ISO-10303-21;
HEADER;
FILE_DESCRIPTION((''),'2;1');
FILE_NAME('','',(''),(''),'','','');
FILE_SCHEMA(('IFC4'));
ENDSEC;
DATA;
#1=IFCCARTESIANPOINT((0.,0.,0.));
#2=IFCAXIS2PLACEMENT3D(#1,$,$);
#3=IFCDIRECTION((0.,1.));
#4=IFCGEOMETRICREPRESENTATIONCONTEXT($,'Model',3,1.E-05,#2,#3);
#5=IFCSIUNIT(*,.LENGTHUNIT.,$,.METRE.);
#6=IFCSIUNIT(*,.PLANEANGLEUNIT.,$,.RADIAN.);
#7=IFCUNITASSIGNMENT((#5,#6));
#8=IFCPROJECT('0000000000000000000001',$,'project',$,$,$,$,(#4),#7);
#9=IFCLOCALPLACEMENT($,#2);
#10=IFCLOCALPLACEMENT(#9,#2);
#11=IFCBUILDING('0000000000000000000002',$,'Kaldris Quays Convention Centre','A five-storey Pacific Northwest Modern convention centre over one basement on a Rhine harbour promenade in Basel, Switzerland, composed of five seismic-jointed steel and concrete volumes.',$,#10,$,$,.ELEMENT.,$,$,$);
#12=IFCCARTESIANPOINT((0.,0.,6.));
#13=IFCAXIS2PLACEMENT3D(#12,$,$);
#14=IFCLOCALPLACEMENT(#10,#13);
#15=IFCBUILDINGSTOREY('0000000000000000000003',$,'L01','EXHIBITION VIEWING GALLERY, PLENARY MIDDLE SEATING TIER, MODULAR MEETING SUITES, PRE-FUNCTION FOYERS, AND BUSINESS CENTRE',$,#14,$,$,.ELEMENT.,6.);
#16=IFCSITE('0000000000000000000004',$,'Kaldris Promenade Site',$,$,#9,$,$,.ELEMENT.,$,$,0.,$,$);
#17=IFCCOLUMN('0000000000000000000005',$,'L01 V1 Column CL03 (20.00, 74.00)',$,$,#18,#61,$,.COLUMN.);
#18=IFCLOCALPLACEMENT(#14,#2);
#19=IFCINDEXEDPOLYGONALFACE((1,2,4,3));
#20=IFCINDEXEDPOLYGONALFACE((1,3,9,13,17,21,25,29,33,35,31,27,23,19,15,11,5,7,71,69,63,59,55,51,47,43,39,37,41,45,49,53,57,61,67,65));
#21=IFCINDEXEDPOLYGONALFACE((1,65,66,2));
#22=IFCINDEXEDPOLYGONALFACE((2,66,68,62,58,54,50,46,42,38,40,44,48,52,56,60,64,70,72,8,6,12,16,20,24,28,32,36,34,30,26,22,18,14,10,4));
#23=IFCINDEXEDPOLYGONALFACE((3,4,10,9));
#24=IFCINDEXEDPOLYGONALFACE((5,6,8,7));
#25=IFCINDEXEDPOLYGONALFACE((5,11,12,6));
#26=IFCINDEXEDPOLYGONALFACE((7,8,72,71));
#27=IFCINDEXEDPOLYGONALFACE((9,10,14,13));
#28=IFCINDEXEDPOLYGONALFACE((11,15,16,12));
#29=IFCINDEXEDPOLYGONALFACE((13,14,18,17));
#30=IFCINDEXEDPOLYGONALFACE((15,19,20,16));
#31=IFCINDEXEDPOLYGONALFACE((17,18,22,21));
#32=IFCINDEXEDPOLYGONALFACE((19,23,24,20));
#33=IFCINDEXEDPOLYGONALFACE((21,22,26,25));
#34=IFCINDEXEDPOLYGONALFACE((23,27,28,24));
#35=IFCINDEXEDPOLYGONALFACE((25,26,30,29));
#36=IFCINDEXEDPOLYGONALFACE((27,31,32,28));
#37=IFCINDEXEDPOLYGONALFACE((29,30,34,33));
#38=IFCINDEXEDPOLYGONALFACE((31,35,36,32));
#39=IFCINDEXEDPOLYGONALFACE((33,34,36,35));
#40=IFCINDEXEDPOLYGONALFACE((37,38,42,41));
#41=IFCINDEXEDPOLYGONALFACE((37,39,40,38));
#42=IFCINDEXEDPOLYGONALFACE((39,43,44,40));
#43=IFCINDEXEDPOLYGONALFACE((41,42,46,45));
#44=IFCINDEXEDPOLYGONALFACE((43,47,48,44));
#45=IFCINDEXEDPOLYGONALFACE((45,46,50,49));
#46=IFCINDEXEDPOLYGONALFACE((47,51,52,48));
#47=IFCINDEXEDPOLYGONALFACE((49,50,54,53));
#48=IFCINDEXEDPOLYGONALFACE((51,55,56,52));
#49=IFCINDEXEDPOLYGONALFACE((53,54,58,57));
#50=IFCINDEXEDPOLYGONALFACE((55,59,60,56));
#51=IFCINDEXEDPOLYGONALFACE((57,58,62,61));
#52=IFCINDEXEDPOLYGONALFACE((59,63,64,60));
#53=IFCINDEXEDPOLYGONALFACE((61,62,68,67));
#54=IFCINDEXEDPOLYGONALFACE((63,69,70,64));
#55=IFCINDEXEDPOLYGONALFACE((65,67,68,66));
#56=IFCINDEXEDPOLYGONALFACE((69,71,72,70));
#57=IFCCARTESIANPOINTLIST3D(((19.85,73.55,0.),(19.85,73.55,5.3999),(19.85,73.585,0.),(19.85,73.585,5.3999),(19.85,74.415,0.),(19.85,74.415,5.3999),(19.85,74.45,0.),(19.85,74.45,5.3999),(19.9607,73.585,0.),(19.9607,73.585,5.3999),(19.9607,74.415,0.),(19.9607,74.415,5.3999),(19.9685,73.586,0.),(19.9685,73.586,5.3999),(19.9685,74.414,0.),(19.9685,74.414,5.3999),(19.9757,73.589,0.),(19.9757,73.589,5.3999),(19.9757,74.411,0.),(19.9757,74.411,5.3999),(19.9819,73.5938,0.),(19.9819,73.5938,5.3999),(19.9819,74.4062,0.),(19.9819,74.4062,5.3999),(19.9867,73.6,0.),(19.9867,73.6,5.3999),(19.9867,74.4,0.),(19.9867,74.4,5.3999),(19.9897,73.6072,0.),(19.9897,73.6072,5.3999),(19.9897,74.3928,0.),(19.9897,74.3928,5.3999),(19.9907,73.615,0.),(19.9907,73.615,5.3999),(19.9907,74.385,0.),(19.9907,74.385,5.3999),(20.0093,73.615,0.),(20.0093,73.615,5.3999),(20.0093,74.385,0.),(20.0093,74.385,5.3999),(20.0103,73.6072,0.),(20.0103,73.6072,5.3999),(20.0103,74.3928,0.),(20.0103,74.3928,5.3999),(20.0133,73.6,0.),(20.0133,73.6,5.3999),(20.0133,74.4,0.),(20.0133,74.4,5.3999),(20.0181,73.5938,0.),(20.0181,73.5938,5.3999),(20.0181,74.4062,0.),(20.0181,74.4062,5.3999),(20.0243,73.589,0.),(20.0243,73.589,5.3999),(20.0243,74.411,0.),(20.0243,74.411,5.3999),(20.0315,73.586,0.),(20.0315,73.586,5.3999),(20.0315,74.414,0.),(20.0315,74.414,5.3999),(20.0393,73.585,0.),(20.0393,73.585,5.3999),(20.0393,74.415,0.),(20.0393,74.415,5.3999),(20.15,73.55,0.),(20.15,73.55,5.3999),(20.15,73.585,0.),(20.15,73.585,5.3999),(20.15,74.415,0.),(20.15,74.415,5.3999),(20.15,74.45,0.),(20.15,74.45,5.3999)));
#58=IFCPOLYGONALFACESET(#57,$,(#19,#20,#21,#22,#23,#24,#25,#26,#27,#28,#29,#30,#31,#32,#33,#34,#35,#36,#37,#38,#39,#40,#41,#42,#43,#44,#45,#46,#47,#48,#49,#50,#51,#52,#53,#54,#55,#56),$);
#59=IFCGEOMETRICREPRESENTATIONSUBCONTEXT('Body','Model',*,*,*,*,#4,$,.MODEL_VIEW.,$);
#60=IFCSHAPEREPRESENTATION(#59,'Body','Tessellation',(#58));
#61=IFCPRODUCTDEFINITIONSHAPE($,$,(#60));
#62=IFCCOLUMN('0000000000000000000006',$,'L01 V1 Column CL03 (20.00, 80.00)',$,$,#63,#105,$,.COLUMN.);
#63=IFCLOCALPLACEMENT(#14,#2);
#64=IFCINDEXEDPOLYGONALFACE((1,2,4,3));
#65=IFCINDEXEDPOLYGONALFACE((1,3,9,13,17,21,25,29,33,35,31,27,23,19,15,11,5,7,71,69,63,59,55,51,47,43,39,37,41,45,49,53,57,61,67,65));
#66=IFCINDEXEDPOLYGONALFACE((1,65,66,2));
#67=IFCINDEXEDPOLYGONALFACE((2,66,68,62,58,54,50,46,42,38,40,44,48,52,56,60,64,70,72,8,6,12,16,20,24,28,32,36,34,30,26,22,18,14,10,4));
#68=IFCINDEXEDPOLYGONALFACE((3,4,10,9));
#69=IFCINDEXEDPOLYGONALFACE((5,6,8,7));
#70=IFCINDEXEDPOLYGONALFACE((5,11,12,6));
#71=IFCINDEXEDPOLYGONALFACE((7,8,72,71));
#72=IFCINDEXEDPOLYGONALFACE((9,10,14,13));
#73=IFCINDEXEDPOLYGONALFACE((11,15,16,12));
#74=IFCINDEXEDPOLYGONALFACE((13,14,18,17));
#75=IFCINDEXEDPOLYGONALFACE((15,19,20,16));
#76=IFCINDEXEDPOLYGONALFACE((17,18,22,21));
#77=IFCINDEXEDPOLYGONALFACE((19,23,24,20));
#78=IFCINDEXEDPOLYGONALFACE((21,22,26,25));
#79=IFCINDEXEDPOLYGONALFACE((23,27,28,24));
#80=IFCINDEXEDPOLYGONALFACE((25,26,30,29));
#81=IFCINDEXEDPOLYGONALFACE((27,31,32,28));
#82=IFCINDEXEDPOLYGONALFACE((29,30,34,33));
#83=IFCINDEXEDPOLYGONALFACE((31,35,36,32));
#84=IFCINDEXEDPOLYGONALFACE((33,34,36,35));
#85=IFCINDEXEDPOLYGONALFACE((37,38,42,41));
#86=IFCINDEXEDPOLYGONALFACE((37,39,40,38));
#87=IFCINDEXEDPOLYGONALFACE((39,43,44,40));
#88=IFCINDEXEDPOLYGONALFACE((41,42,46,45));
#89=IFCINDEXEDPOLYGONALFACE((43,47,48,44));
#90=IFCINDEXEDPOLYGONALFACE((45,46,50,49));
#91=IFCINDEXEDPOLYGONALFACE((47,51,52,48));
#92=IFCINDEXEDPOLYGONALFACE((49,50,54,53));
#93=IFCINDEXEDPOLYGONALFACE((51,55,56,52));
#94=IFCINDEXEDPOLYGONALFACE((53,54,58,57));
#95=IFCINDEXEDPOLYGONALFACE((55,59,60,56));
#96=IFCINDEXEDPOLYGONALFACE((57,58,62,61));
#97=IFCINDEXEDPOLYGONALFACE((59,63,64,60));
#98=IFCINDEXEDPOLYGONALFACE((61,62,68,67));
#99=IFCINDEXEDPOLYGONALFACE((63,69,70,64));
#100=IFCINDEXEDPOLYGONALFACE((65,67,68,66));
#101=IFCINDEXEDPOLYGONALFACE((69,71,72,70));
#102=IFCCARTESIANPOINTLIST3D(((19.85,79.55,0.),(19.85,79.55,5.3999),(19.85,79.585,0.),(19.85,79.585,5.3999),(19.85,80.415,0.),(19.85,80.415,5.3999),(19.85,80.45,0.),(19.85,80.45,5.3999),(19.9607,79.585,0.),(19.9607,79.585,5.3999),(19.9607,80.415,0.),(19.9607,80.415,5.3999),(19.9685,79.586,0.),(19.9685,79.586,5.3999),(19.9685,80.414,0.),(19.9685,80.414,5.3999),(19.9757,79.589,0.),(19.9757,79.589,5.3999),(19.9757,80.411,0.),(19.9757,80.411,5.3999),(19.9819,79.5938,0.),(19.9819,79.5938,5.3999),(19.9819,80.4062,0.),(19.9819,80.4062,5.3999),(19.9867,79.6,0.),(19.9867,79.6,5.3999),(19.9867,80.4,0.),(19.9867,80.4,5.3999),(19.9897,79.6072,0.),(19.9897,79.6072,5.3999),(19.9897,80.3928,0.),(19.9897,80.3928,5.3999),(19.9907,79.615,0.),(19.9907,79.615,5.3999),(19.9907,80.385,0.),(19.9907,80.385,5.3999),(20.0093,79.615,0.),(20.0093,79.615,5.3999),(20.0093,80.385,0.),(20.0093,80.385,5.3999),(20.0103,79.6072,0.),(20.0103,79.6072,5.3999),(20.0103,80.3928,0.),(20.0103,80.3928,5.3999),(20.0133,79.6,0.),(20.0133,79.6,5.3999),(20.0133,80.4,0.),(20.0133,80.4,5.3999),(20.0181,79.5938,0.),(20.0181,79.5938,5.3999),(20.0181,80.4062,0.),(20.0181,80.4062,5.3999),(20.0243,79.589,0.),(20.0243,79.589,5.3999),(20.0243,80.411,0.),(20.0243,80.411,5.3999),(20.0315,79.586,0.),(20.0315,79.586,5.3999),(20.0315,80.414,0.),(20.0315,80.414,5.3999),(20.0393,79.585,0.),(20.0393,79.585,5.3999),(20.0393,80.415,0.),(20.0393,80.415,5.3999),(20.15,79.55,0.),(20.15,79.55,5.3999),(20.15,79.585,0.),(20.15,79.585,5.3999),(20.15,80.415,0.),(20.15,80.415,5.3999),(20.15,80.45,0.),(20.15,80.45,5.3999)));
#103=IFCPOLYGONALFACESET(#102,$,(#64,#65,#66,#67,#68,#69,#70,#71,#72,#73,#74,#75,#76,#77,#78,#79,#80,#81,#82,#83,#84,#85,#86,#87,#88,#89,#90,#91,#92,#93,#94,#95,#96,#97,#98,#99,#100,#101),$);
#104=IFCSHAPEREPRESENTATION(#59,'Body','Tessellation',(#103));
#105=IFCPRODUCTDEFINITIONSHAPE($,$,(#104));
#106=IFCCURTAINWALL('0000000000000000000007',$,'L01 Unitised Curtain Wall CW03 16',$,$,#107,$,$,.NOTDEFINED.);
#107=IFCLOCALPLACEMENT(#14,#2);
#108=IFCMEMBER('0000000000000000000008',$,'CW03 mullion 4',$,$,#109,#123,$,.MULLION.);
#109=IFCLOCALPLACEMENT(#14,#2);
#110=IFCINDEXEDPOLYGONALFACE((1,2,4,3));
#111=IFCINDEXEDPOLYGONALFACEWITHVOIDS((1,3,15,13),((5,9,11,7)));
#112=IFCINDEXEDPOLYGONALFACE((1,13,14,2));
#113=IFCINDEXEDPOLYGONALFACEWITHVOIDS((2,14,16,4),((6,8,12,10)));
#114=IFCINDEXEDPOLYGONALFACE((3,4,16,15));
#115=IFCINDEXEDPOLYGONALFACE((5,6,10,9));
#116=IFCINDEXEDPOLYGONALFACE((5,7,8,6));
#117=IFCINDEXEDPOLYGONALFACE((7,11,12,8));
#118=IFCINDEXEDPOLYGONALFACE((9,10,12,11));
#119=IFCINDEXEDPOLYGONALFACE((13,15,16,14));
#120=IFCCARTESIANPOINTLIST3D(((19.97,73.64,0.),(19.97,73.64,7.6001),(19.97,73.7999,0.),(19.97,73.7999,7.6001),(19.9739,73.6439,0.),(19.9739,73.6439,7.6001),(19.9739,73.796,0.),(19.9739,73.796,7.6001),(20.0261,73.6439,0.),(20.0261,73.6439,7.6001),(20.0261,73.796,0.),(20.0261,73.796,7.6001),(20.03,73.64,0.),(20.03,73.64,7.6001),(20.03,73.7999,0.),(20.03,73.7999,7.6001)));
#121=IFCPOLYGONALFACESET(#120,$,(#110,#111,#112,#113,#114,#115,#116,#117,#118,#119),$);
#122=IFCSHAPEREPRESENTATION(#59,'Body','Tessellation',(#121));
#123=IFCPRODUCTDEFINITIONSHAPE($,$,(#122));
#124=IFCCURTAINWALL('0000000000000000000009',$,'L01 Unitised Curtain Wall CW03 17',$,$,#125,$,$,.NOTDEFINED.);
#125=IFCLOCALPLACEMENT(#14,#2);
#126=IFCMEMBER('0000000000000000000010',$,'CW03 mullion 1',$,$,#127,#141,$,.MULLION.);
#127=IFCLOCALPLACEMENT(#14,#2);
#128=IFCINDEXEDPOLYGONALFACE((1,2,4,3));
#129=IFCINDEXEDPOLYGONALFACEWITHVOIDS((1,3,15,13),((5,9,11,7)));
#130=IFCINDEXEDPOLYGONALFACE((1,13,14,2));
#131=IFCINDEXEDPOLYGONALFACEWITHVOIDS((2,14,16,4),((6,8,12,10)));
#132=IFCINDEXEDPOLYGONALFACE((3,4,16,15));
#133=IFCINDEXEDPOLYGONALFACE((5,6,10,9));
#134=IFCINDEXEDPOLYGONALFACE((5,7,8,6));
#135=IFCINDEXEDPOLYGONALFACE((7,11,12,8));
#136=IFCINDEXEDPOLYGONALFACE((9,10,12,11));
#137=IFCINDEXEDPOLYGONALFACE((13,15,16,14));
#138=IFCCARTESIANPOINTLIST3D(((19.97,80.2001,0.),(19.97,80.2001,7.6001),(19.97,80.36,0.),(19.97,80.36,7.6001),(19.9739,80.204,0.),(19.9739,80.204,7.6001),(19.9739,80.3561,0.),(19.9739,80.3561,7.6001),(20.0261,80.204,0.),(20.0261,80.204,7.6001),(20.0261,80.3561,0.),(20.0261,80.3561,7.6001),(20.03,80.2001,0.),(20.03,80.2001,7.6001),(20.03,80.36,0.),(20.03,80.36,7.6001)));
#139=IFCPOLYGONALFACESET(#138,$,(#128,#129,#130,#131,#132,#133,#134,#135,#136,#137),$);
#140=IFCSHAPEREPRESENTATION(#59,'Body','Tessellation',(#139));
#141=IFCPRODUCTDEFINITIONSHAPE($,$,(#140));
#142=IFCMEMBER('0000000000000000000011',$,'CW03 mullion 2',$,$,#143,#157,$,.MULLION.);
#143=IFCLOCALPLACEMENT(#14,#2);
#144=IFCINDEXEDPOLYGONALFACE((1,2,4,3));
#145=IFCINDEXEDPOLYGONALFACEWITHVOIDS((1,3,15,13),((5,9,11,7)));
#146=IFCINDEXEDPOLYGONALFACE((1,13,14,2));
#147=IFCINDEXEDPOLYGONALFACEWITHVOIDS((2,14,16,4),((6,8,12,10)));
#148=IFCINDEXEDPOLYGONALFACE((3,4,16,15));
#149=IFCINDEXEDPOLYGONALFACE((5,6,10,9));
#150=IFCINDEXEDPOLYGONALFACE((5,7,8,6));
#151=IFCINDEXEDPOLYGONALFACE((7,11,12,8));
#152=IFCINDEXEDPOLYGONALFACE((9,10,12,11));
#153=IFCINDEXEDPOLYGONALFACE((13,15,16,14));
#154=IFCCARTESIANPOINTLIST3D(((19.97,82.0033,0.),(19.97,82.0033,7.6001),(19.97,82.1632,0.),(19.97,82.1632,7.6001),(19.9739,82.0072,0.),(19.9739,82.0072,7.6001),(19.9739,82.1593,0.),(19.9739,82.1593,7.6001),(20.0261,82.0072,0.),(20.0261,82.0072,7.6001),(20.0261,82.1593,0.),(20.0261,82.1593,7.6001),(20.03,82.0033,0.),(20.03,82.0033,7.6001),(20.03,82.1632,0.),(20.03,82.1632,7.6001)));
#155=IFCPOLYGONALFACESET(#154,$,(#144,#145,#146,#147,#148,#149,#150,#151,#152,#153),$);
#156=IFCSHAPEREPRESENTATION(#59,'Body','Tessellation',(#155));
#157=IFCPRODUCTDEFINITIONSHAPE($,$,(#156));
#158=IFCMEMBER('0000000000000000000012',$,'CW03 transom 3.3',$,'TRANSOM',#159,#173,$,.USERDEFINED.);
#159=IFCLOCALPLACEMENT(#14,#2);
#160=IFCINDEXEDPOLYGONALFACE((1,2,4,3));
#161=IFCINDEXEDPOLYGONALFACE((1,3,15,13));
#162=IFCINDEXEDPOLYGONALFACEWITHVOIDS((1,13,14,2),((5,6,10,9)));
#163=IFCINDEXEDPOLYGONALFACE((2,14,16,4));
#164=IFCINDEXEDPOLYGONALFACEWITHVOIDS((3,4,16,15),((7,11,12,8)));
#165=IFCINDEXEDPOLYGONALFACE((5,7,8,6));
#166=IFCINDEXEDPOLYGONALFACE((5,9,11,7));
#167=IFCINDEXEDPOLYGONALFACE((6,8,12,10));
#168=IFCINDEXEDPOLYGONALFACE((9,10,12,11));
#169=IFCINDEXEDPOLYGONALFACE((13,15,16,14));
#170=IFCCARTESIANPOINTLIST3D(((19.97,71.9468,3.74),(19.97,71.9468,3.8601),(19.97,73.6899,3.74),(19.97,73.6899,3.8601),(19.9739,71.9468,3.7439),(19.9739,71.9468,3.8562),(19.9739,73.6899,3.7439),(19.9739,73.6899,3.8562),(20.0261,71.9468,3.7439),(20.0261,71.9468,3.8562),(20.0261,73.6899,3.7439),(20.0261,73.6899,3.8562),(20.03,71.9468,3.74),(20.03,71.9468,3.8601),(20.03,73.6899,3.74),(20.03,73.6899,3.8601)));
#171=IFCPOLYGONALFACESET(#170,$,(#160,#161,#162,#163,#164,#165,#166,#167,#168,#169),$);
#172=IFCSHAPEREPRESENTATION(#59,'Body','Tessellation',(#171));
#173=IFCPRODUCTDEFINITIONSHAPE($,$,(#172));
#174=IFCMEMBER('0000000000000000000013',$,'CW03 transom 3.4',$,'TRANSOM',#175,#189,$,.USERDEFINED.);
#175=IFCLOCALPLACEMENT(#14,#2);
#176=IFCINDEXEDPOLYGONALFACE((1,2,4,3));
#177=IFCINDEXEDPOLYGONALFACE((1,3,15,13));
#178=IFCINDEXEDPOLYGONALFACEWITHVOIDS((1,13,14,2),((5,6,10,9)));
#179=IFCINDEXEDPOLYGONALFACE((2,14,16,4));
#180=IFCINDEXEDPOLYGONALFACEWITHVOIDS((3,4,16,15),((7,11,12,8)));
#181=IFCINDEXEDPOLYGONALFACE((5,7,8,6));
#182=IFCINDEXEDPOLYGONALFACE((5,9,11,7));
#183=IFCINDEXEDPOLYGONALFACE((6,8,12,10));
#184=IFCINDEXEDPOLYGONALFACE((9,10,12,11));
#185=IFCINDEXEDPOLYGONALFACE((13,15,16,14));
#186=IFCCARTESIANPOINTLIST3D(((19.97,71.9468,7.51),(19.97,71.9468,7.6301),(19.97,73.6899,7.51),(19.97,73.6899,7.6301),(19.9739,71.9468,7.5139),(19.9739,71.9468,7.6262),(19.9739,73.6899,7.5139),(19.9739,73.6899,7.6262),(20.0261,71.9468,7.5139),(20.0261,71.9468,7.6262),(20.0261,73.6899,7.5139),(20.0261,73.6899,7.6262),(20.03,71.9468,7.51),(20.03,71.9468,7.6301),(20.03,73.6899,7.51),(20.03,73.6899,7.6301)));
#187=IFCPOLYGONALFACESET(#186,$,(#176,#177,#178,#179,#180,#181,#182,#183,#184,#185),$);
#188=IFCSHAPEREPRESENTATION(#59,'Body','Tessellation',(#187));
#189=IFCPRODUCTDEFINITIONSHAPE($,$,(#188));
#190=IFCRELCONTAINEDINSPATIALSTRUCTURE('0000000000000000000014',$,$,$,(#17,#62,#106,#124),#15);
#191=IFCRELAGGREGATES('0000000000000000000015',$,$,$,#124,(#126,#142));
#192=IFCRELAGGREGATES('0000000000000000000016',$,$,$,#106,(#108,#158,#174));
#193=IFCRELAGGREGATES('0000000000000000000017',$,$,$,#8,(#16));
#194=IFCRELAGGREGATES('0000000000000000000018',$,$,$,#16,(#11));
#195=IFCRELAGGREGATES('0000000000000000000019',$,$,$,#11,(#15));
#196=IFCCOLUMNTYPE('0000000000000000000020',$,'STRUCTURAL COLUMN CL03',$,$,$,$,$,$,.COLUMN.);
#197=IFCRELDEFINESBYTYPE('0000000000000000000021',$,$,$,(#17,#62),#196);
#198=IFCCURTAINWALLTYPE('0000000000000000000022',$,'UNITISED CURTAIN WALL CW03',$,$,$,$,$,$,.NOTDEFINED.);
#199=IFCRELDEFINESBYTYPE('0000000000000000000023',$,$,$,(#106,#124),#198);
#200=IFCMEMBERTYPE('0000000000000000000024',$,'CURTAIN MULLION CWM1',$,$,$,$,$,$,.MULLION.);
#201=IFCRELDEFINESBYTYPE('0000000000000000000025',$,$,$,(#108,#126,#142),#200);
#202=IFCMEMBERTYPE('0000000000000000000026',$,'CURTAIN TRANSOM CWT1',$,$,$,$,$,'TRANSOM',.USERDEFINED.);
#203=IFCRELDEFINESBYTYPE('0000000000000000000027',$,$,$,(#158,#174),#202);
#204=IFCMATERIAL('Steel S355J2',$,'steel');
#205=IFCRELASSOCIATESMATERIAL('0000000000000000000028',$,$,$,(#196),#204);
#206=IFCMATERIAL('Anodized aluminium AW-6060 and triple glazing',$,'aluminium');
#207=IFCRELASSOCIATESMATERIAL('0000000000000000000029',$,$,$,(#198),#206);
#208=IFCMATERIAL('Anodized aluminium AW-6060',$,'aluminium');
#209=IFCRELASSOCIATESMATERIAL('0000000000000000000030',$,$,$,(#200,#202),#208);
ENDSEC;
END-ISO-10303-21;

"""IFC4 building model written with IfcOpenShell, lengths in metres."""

from ifc_helpers import new_model, si_unit, direction, frame, origin, origin_2d, place, context, subcontext, project, spatial, hollow_rectangle, i_section, extrude, material, material_profile, profile_set, type_object, element, aggregate, save


model = new_model("IFC4")

# Units and contexts
model_context = context("Model", 3, precision=1e-05, world=origin(), true_north=direction((0.0, 1.0)))
body_context = subcontext(model_context, "Body", "Model", "MODEL_VIEW")
ifc_project = project(units=[si_unit("LENGTHUNIT", "METRE"), si_unit("PLANEANGLEUNIT", "RADIAN")], contexts=[model_context])

# Site, building, storey
site_placement = place(None, origin())
site = spatial("IfcSite", under=ifc_project, at=site_placement, Name="Kaldris Promenade Site", CompositionType="ELEMENT", RefElevation=0.0)
building_placement = place(site_placement, origin())
building = spatial("IfcBuilding", under=site, at=building_placement, Name="Kaldris Quays Convention Centre", Description="A five-storey Pacific Northwest Modern convention centre over one basement on a Rhine harbour promenade in Basel, Switzerland, composed of five seismic-jointed steel and concrete volumes.", CompositionType="ELEMENT")
storey_placement = place(building_placement, frame((0.0, 0.0, 6.0)))
storey = spatial("IfcBuildingStorey", under=building, at=storey_placement, Name="L01", Description="EXHIBITION VIEWING GALLERY, PLENARY MIDDLE SEATING TIER, MODULAR MEETING SUITES, PRE-FUNCTION FOYERS, AND BUSINESS CENTRE", CompositionType="ELEMENT", Elevation=6.0)

# Columns
ifc_material_1 = material(Name="Steel S355J2", Category="steel")
ifc_material_profile_1 = material_profile(ifc_material_1, i_section(OverallWidth=0.3, OverallDepth=0.8999, WebThickness=0.0186, FlangeThickness=0.0349, FilletRadius=0.03, at=origin_2d()), Name="HEB 900")
ifc_profile_set_1 = profile_set([ifc_material_profile_1], Name="Steel S355J2")
column_type = type_object("IfcColumnType", Name="STRUCTURAL COLUMN CL03", PredefinedType="COLUMN", material=ifc_profile_set_1)
for number, where, z_axis, x_axis, name in (
    (1, (20.0, 74.0, 0.0), (0.0, 0.0, 1.0), (1.0, 0.0, 0.0), "L01 V1 Column CL03 (20.00, 74.00)"),
    (2, (20.0, 80.0, 0.0), (0.0, 0.0, 1.0), (1.0, 0.0, 0.0), "L01 V1 Column CL03 (20.00, 80.00)"),
):
    element("IfcColumn", number, at=place(storey_placement, frame(where, z_axis=z_axis, x_axis=x_axis)), inside=storey, type_object=column_type, Name=name, PredefinedType="COLUMN", context=body_context, shape_type="SweptSolid", body=[
        extrude(i_section(OverallWidth=0.3, OverallDepth=0.8999, WebThickness=0.0186, FlangeThickness=0.0349, FilletRadius=0.03, at=origin_2d()), origin(), (0.0, 0.0, 1.0), 5.3999),
    ])

# Curtain wall, member
ifc_material_2 = material(Name="Anodized aluminium AW-6060 and triple glazing", Category="aluminium")
curtain_wall_type = type_object("IfcCurtainWallType", Name="UNITISED CURTAIN WALL CW03", PredefinedType="NOTDEFINED", material=ifc_material_2)
curtain_wall_1_placement = place(storey_placement, origin())
curtain_wall_1 = element("IfcCurtainWall", 3, at=curtain_wall_1_placement, inside=storey, type_object=curtain_wall_type, Name="L01 Unitised Curtain Wall CW03 16", PredefinedType="NOTDEFINED")
ifc_material_3 = material(Name="Anodized aluminium AW-6060", Category="aluminium")
ifc_material_profile_2 = material_profile(ifc_material_3, hollow_rectangle(XDim=0.0601, YDim=0.1599, WallThickness=0.0039, at=origin_2d()), Name="RHS 160x60x4")
ifc_profile_set_2 = profile_set([ifc_material_profile_2], Name="Anodized aluminium AW-6060")
member_type_1 = type_object("IfcMemberType", Name="CURTAIN MULLION CWM1", PredefinedType="MULLION", material=ifc_profile_set_2)
member_1_placement = place(storey_placement, frame((20.0, 73.72, 0.0), z_axis=(0.0, 0.0, 1.0), x_axis=(-1.0, 0.0, 0.0)))
member_1 = element("IfcMember", 4, at=member_1_placement, type_object=member_type_1, Name="CW03 mullion 4", PredefinedType="MULLION", context=body_context, shape_type="SweptSolid", body=[
    extrude(hollow_rectangle(XDim=0.0601, YDim=0.1599, WallThickness=0.0039, at=origin_2d()), origin(), (0.0, 0.0, 1.0), 7.6001),
])

# Curtain wall, members
curtain_wall_2_placement = place(storey_placement, origin())
curtain_wall_2 = element("IfcCurtainWall", 5, at=curtain_wall_2_placement, inside=storey, type_object=curtain_wall_type, Name="L01 Unitised Curtain Wall CW03 17", PredefinedType="NOTDEFINED")
member_2_placement = place(storey_placement, frame((20.0, 80.28, 0.0), z_axis=(0.0, 0.0, 1.0), x_axis=(-1.0, 0.0, 0.0)))
member_2 = element("IfcMember", 6, at=member_2_placement, type_object=member_type_1, Name="CW03 mullion 1", PredefinedType="MULLION", context=body_context, shape_type="SweptSolid", body=[
    extrude(hollow_rectangle(XDim=0.0601, YDim=0.1599, WallThickness=0.0039, at=origin_2d()), origin(), (0.0, 0.0, 1.0), 7.6001),
])
member_3_placement = place(storey_placement, frame((20.0, 82.0833, 0.0), z_axis=(0.0, 0.0, 1.0), x_axis=(-1.0, 0.0, 0.0)))
member_3 = element("IfcMember", 7, at=member_3_placement, type_object=member_type_1, Name="CW03 mullion 2", PredefinedType="MULLION", context=body_context, shape_type="SweptSolid", body=[
    extrude(hollow_rectangle(XDim=0.0601, YDim=0.1599, WallThickness=0.0039, at=origin_2d()), origin(), (0.0, 0.0, 1.0), 7.6001),
])

# Members
ifc_material_profile_3 = material_profile(ifc_material_3, hollow_rectangle(XDim=0.0601, YDim=0.1201, WallThickness=0.0039, at=origin_2d()), Name="RHS 120x60x4")
ifc_profile_set_3 = profile_set([ifc_material_profile_3], Name="Anodized aluminium AW-6060")
member_type_2 = type_object("IfcMemberType", Name="CURTAIN TRANSOM CWT1", ElementType="TRANSOM", PredefinedType="USERDEFINED", material=ifc_profile_set_3)
member_4_placement = place(storey_placement, frame((20.0, 71.9468, 3.8), z_axis=(0.0, 1.0, 0.0), x_axis=(-1.0, 0.0, 0.0)))
member_4 = element("IfcMember", 8, at=member_4_placement, type_object=member_type_2, Name="CW03 transom 3.3", ObjectType="TRANSOM", PredefinedType="USERDEFINED", context=body_context, shape_type="SweptSolid", body=[
    extrude(hollow_rectangle(XDim=0.0601, YDim=0.1201, WallThickness=0.0039, at=origin_2d()), origin(), (0.0, 0.0, 1.0), 1.7432),
])
member_5_placement = place(storey_placement, frame((20.0, 71.9468, 7.5701), z_axis=(0.0, 1.0, 0.0), x_axis=(-1.0, 0.0, 0.0)))
member_5 = element("IfcMember", 9, at=member_5_placement, type_object=member_type_2, Name="CW03 transom 3.4", ObjectType="TRANSOM", PredefinedType="USERDEFINED", context=body_context, shape_type="SweptSolid", body=[
    extrude(hollow_rectangle(XDim=0.0601, YDim=0.1201, WallThickness=0.0039, at=origin_2d()), origin(), (0.0, 0.0, 1.0), 1.7432),
])

aggregate(curtain_wall_2, [member_2, member_3])
aggregate(curtain_wall_1, [member_1, member_4, member_5])

save(model, "model.ifc")
